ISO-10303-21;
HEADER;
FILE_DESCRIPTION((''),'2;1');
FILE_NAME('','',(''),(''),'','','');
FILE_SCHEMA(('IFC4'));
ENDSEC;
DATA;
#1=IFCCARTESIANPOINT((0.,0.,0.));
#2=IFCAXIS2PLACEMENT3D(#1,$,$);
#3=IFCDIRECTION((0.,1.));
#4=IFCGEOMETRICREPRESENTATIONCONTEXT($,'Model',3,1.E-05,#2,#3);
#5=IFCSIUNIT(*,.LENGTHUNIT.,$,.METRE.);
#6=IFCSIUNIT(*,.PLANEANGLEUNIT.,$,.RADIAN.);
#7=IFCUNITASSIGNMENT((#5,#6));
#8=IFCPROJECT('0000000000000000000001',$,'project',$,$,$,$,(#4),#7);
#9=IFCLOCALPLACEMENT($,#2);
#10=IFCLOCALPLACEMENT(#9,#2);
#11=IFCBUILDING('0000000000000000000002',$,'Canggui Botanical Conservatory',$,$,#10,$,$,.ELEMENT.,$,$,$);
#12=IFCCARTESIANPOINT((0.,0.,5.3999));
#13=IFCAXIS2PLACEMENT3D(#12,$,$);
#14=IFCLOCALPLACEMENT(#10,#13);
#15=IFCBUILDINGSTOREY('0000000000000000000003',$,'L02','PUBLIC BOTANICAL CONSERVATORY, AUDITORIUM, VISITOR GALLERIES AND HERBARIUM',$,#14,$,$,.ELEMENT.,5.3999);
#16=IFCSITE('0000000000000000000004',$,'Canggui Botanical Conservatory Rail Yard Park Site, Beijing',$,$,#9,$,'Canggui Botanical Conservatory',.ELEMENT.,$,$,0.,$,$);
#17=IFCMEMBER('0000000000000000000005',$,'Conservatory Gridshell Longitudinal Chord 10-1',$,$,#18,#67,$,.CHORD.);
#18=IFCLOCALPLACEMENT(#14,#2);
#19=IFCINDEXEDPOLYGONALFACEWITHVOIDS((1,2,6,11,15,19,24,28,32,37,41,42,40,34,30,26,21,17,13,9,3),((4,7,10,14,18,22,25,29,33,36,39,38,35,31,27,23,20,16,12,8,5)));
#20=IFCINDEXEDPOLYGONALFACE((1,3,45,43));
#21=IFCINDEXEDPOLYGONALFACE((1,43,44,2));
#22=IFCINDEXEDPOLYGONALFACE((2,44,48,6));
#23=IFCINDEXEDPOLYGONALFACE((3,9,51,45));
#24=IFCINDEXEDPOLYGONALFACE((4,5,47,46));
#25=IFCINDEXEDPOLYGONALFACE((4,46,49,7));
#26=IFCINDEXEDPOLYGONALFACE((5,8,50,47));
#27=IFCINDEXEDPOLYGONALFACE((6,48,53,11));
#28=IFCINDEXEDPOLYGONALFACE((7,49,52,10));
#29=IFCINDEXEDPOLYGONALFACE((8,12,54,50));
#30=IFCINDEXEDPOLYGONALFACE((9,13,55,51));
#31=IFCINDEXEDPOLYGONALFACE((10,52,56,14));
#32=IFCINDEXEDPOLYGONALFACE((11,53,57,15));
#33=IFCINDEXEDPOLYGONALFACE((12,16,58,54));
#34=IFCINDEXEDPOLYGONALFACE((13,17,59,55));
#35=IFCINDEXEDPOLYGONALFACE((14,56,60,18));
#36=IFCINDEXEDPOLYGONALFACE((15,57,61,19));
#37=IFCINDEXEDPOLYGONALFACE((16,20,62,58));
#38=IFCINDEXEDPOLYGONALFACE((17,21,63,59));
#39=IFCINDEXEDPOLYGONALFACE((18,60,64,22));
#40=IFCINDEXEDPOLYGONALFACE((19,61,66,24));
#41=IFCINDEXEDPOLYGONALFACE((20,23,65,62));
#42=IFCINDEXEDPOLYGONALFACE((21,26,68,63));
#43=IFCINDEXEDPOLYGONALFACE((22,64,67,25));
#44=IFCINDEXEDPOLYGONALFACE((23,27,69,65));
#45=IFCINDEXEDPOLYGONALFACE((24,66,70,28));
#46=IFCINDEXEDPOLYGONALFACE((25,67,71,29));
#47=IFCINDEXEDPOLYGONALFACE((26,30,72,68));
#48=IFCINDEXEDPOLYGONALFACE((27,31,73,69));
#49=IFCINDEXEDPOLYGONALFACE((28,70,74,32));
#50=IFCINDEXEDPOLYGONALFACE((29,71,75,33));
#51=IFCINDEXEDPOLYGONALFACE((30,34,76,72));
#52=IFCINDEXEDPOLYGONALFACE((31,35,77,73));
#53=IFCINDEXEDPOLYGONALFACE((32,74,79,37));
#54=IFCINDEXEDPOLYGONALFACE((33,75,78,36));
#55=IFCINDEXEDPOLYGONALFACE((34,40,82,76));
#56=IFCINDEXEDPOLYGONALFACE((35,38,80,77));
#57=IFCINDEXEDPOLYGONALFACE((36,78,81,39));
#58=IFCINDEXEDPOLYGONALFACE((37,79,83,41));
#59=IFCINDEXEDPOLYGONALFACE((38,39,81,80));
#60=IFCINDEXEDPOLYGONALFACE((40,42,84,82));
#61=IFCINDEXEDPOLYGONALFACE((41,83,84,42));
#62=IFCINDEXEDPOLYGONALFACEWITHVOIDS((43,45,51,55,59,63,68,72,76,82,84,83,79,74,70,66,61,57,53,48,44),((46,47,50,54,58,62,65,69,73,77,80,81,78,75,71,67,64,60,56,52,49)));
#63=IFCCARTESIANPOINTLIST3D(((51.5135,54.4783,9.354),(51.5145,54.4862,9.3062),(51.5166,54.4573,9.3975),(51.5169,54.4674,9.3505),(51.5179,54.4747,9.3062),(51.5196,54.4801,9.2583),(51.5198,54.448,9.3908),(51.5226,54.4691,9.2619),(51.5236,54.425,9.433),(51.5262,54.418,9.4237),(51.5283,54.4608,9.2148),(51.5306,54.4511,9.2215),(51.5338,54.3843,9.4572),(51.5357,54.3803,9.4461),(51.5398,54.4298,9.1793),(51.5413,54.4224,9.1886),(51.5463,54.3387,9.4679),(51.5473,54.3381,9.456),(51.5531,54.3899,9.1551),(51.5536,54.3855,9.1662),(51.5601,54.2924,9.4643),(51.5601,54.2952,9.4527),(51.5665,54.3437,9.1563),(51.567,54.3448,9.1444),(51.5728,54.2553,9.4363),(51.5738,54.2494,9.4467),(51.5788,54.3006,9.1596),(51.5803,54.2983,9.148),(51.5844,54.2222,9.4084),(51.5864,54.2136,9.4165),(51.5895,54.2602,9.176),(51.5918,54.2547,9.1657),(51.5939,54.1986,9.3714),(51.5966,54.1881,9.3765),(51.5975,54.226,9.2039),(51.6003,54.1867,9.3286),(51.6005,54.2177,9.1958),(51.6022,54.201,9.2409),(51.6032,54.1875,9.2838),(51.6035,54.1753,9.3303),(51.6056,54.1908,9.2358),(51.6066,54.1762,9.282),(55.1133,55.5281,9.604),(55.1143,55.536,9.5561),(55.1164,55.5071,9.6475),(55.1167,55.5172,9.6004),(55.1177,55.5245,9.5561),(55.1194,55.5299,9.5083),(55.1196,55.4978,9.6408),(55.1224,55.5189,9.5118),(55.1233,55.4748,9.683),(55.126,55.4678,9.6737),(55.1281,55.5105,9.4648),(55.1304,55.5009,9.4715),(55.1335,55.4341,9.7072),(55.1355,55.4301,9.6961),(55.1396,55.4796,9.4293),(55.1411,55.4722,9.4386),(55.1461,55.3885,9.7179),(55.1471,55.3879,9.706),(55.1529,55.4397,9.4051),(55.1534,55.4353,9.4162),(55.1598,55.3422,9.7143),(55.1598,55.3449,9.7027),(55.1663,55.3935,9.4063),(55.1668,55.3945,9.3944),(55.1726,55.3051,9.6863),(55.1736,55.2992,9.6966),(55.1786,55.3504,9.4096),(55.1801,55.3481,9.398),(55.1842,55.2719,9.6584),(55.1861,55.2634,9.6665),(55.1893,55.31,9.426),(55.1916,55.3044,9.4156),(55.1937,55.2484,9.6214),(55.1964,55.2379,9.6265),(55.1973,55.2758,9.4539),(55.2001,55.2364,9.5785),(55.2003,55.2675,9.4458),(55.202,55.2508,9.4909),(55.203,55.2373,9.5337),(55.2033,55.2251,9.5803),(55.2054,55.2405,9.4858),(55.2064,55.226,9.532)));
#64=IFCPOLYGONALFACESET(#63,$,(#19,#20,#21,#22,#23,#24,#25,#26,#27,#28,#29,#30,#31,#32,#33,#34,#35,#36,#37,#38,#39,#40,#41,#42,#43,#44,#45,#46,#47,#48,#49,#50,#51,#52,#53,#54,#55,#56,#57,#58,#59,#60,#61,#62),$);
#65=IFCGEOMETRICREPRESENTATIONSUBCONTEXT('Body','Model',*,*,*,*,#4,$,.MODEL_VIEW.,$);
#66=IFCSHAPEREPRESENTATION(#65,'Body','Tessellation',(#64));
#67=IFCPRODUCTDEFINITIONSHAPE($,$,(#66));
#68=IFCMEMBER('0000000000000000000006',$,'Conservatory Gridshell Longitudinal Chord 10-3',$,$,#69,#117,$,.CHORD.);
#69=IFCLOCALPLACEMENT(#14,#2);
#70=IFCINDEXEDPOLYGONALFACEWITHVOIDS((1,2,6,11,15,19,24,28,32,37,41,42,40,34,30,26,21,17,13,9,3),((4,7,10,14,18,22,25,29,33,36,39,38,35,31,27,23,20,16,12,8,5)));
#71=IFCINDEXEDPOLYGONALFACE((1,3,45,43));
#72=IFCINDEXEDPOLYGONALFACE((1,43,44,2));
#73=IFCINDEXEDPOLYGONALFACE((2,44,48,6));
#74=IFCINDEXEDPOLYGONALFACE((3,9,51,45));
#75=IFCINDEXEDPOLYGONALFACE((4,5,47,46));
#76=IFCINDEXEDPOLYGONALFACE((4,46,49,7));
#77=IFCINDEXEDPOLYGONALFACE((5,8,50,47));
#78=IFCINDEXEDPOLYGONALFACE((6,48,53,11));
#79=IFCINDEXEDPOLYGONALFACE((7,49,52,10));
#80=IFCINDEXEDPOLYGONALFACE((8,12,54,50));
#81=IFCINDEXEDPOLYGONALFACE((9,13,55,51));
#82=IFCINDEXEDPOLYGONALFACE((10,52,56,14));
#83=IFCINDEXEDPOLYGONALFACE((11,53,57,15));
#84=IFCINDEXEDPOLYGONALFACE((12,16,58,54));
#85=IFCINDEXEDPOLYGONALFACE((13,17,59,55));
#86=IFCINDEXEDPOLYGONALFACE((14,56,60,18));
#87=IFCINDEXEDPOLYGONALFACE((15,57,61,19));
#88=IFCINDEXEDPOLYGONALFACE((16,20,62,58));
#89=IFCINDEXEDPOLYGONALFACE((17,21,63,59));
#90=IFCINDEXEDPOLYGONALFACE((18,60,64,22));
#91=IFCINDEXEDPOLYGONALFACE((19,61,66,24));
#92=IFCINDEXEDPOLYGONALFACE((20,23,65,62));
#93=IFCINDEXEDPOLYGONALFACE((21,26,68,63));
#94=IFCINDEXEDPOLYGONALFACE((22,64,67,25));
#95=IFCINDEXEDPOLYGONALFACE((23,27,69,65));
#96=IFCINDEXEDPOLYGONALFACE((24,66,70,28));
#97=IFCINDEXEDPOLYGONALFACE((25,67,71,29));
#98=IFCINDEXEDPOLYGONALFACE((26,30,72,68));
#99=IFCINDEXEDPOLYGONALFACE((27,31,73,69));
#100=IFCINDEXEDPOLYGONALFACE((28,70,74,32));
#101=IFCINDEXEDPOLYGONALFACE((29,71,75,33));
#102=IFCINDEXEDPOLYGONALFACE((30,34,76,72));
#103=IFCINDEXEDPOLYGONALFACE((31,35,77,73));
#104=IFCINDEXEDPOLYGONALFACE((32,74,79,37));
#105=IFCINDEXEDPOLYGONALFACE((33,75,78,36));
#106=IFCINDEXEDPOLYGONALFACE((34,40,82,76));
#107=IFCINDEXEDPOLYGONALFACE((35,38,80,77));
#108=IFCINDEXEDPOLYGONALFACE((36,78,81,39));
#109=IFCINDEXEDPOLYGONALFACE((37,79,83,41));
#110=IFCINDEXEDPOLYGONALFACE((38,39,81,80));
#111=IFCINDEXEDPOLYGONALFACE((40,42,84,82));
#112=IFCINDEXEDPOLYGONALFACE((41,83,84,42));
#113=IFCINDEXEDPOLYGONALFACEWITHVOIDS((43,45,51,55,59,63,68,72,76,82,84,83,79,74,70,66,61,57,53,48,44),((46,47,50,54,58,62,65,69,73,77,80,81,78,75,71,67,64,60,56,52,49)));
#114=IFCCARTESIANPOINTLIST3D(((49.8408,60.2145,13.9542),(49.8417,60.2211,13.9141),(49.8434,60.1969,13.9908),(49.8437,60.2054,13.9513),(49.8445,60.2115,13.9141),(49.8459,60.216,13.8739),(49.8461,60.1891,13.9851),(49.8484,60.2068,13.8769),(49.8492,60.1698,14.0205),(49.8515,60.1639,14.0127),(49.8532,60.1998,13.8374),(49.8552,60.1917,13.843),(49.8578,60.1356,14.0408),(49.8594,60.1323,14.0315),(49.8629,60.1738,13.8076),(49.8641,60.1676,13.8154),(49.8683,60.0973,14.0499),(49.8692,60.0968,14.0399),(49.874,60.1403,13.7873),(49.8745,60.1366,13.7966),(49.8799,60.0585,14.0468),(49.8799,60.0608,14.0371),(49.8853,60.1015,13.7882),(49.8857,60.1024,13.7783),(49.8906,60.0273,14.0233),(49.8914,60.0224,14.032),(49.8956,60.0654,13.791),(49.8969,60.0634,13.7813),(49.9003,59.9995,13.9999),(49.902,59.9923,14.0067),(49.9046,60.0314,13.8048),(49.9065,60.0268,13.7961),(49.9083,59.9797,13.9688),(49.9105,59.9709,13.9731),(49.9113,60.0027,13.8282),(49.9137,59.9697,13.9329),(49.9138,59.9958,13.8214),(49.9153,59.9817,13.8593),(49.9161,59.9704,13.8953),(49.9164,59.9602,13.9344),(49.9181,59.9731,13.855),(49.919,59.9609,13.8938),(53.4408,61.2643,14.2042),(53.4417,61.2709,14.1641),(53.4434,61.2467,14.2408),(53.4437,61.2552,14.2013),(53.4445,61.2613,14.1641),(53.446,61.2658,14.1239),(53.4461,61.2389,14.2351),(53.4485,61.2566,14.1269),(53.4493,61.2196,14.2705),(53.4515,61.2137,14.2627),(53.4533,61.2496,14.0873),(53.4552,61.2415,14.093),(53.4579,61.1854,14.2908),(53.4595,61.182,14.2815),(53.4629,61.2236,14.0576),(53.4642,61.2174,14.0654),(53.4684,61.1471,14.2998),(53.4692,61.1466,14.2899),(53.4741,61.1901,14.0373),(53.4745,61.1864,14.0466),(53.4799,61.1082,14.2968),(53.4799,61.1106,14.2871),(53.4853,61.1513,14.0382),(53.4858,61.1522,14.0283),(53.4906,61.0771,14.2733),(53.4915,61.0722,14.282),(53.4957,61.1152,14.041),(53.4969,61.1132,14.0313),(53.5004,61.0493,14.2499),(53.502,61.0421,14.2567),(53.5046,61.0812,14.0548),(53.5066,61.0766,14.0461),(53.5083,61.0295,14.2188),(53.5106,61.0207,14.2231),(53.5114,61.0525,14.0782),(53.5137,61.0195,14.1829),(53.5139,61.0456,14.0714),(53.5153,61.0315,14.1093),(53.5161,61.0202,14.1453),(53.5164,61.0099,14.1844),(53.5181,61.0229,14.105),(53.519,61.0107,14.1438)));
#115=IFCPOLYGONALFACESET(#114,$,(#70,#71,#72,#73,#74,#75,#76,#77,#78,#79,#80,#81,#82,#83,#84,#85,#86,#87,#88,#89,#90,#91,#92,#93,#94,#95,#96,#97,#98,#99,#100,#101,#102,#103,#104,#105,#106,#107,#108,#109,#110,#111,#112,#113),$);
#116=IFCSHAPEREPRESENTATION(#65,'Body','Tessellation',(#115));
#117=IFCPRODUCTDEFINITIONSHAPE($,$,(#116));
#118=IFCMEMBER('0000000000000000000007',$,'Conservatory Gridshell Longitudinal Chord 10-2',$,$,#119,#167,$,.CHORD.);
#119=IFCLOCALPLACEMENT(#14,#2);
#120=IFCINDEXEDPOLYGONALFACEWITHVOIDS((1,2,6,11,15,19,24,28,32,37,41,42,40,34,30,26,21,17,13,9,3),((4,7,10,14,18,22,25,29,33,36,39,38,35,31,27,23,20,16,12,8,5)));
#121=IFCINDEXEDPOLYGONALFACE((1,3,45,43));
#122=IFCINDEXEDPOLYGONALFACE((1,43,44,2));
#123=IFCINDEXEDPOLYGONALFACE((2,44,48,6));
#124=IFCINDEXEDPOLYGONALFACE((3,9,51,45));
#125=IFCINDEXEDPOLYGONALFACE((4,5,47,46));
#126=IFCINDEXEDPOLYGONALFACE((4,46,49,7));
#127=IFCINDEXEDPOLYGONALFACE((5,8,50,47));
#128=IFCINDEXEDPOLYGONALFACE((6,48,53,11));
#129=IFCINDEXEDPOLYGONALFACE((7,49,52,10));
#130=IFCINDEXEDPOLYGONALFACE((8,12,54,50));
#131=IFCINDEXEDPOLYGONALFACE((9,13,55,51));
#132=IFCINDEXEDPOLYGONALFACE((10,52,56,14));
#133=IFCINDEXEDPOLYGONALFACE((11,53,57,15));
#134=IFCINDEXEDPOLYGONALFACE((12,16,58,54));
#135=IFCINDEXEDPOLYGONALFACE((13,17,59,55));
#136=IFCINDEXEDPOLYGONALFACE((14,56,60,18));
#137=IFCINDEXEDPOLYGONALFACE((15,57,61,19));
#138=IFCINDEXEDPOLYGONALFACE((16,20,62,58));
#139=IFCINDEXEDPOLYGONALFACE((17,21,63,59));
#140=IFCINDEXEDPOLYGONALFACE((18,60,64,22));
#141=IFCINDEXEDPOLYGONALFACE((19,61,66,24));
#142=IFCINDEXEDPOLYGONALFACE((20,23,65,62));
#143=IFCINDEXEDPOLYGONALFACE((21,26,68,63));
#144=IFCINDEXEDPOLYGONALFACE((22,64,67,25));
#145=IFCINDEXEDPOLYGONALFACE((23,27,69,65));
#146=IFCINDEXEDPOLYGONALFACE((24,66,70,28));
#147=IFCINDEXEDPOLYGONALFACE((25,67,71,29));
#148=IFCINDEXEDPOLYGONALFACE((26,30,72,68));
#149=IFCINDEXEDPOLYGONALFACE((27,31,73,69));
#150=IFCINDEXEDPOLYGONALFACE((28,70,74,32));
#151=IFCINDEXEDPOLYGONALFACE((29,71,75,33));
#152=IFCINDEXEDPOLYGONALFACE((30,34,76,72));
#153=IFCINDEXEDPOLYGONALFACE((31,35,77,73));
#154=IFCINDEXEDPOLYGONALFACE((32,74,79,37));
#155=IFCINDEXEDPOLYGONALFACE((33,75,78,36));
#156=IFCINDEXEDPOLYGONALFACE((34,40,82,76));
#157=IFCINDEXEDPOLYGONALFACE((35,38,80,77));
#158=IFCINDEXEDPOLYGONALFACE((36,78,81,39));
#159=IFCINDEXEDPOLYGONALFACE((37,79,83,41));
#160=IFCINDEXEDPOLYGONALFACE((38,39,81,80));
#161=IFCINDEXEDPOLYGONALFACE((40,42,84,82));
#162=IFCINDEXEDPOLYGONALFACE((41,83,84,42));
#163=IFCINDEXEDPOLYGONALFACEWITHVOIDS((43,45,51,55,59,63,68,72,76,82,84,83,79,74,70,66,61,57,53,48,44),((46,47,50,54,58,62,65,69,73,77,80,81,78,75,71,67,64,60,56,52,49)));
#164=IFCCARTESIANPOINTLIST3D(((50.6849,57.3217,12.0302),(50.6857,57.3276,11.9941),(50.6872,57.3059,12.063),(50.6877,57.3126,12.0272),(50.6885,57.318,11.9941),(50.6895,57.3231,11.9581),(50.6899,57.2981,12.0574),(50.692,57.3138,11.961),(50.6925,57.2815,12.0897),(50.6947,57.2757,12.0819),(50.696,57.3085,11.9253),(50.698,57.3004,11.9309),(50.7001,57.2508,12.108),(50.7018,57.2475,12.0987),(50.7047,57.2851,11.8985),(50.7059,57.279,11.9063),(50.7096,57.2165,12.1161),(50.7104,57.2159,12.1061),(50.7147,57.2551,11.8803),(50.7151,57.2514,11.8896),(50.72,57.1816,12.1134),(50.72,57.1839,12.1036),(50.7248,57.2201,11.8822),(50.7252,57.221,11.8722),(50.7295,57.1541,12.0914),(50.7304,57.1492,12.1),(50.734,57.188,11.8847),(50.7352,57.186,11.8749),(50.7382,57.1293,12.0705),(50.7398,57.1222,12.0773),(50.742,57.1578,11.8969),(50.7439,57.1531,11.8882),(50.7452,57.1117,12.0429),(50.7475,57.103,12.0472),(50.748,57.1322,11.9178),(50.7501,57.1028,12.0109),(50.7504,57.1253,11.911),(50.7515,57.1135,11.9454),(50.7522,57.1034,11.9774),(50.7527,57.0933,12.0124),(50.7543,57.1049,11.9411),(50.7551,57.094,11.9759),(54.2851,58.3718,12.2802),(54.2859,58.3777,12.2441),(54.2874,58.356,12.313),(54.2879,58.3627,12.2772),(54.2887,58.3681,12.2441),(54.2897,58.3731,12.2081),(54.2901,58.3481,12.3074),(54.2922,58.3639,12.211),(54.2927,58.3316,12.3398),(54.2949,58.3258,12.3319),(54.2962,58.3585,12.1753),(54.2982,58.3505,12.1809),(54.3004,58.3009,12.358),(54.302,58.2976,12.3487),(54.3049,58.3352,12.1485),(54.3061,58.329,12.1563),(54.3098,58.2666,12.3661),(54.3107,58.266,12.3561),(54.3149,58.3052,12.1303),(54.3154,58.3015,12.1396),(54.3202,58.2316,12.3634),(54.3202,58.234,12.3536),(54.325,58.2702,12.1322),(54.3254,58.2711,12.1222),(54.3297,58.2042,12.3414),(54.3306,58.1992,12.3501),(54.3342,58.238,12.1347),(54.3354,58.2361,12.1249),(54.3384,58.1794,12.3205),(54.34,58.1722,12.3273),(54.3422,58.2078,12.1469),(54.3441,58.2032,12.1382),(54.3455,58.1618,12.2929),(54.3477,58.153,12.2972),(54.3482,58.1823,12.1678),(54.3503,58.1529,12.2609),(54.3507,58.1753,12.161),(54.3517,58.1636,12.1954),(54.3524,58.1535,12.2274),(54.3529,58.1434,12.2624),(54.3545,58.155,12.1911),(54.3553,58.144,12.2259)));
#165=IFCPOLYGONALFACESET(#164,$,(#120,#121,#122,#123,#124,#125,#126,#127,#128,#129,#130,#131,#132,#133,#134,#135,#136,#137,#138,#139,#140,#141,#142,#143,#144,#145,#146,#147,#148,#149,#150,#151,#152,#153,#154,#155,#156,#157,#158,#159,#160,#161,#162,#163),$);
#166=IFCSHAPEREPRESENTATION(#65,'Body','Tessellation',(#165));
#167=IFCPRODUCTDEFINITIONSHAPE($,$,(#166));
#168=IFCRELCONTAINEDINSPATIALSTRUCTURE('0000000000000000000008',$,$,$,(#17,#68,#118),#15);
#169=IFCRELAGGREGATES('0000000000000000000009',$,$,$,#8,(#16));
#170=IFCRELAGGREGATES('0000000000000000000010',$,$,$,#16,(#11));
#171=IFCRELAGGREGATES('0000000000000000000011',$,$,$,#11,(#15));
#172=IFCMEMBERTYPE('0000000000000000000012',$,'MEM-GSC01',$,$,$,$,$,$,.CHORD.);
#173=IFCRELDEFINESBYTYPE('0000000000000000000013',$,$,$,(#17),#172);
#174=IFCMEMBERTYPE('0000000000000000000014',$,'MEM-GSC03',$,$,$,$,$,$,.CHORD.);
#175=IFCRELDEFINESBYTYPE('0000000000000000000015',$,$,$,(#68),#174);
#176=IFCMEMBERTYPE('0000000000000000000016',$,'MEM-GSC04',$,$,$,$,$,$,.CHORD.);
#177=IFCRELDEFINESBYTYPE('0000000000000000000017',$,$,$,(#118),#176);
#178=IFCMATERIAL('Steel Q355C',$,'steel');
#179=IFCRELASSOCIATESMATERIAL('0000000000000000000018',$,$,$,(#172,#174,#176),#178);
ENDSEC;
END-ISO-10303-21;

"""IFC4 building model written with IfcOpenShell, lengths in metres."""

from ifc_helpers import new_model, si_unit, direction, frame, origin, origin_2d, place, context, subcontext, project, spatial, hollow_circle, extrude, material, material_profile, profile_set, type_object, element, save


model = new_model("IFC4")

# Units and contexts
model_context = context("Model", 3, precision=1e-05, world=origin(), true_north=direction((0.0, 1.0)))
body_context = subcontext(model_context, "Body", "Model", "MODEL_VIEW")
ifc_project = project(units=[si_unit("LENGTHUNIT", "METRE"), si_unit("PLANEANGLEUNIT", "RADIAN")], contexts=[model_context])

# Site, building, storey
site_placement = place(None, origin())
site = spatial("IfcSite", under=ifc_project, at=site_placement, Name="Canggui Botanical Conservatory Rail Yard Park Site, Beijing", LongName="Canggui Botanical Conservatory", CompositionType="ELEMENT", RefElevation=0.0)
building_placement = place(site_placement, origin())
building = spatial("IfcBuilding", under=site, at=building_placement, Name="Canggui Botanical Conservatory", CompositionType="ELEMENT")
storey_placement = place(building_placement, frame((0.0, 0.0, 5.3999)))
storey = spatial("IfcBuildingStorey", under=building, at=storey_placement, Name="L02", Description="PUBLIC BOTANICAL CONSERVATORY, AUDITORIUM, VISITOR GALLERIES AND HERBARIUM", CompositionType="ELEMENT", Elevation=5.3999)

# Shared definitions
ifc_material_1 = material(Name="Steel Q355C", Category="steel")

# Members
ifc_material_profile_1 = material_profile(ifc_material_1, hollow_circle(Radius=0.1626, WallThickness=0.012, at=origin_2d()), Name="CHS 325x12")
ifc_profile_set_1 = profile_set([ifc_material_profile_1], Name="Steel Q355C")
member_type_1 = type_object("IfcMemberType", Name="MEM-GSC01", PredefinedType="CHORD", material=ifc_profile_set_1)
member_1_placement = place(storey_placement, frame((51.5601, 54.3301, 9.3062), z_axis=(0.957884, 0.279342, 0.066522), x_axis=(-0.279962, 0.960011, 0.0)))
element("IfcMember", 1, at=member_1_placement, inside=storey, type_object=member_type_1, Name="Conservatory Gridshell Longitudinal Chord 10-1", PredefinedType="CHORD", context=body_context, shape_type="SweptSolid", body=[
    extrude(hollow_circle(Radius=0.1626, WallThickness=0.012, at=origin_2d()), origin(), (0.0, 0.0, 1.0), 3.7581),
])
ifc_material_profile_2 = material_profile(ifc_material_1, hollow_circle(Radius=0.1365, WallThickness=0.01, at=origin_2d()), Name="CHS 273x10")
ifc_profile_set_2 = profile_set([ifc_material_profile_2], Name="Steel Q355C")
member_type_2 = type_object("IfcMemberType", Name="MEM-GSC03", PredefinedType="CHORD", material=ifc_profile_set_2)
member_2_placement = place(storey_placement, frame((49.8799, 60.0901, 13.9141), z_axis=(0.95789, 0.279325, 0.066518), x_axis=(-0.279945, 0.960016, 0.0)))
element("IfcMember", 2, at=member_2_placement, inside=storey, type_object=member_type_2, Name="Conservatory Gridshell Longitudinal Chord 10-3", PredefinedType="CHORD", context=body_context, shape_type="SweptSolid", body=[
    extrude(hollow_circle(Radius=0.1365, WallThickness=0.01, at=origin_2d()), origin(), (0.0, 0.0, 1.0), 3.7583),
])
ifc_material_profile_3 = material_profile(ifc_material_1, hollow_circle(Radius=0.1226, WallThickness=0.01, at=origin_2d()), Name="CHS 245x10")
ifc_profile_set_3 = profile_set([ifc_material_profile_3], Name="Steel Q355C")
member_type_3 = type_object("IfcMemberType", Name="MEM-GSC04", PredefinedType="CHORD", material=ifc_profile_set_3)
member_3_placement = place(storey_placement, frame((50.72, 57.21, 11.9941), z_axis=(0.957872, 0.279385, 0.066517), x_axis=(-0.280005, 0.959999, 0.0)))
element("IfcMember", 3, at=member_3_placement, inside=storey, type_object=member_type_3, Name="Conservatory Gridshell Longitudinal Chord 10-2", PredefinedType="CHORD", context=body_context, shape_type="SweptSolid", body=[
    extrude(hollow_circle(Radius=0.1226, WallThickness=0.01, at=origin_2d()), origin(), (0.0, 0.0, 1.0), 3.7585),
])

save(model, "model.ifc")
